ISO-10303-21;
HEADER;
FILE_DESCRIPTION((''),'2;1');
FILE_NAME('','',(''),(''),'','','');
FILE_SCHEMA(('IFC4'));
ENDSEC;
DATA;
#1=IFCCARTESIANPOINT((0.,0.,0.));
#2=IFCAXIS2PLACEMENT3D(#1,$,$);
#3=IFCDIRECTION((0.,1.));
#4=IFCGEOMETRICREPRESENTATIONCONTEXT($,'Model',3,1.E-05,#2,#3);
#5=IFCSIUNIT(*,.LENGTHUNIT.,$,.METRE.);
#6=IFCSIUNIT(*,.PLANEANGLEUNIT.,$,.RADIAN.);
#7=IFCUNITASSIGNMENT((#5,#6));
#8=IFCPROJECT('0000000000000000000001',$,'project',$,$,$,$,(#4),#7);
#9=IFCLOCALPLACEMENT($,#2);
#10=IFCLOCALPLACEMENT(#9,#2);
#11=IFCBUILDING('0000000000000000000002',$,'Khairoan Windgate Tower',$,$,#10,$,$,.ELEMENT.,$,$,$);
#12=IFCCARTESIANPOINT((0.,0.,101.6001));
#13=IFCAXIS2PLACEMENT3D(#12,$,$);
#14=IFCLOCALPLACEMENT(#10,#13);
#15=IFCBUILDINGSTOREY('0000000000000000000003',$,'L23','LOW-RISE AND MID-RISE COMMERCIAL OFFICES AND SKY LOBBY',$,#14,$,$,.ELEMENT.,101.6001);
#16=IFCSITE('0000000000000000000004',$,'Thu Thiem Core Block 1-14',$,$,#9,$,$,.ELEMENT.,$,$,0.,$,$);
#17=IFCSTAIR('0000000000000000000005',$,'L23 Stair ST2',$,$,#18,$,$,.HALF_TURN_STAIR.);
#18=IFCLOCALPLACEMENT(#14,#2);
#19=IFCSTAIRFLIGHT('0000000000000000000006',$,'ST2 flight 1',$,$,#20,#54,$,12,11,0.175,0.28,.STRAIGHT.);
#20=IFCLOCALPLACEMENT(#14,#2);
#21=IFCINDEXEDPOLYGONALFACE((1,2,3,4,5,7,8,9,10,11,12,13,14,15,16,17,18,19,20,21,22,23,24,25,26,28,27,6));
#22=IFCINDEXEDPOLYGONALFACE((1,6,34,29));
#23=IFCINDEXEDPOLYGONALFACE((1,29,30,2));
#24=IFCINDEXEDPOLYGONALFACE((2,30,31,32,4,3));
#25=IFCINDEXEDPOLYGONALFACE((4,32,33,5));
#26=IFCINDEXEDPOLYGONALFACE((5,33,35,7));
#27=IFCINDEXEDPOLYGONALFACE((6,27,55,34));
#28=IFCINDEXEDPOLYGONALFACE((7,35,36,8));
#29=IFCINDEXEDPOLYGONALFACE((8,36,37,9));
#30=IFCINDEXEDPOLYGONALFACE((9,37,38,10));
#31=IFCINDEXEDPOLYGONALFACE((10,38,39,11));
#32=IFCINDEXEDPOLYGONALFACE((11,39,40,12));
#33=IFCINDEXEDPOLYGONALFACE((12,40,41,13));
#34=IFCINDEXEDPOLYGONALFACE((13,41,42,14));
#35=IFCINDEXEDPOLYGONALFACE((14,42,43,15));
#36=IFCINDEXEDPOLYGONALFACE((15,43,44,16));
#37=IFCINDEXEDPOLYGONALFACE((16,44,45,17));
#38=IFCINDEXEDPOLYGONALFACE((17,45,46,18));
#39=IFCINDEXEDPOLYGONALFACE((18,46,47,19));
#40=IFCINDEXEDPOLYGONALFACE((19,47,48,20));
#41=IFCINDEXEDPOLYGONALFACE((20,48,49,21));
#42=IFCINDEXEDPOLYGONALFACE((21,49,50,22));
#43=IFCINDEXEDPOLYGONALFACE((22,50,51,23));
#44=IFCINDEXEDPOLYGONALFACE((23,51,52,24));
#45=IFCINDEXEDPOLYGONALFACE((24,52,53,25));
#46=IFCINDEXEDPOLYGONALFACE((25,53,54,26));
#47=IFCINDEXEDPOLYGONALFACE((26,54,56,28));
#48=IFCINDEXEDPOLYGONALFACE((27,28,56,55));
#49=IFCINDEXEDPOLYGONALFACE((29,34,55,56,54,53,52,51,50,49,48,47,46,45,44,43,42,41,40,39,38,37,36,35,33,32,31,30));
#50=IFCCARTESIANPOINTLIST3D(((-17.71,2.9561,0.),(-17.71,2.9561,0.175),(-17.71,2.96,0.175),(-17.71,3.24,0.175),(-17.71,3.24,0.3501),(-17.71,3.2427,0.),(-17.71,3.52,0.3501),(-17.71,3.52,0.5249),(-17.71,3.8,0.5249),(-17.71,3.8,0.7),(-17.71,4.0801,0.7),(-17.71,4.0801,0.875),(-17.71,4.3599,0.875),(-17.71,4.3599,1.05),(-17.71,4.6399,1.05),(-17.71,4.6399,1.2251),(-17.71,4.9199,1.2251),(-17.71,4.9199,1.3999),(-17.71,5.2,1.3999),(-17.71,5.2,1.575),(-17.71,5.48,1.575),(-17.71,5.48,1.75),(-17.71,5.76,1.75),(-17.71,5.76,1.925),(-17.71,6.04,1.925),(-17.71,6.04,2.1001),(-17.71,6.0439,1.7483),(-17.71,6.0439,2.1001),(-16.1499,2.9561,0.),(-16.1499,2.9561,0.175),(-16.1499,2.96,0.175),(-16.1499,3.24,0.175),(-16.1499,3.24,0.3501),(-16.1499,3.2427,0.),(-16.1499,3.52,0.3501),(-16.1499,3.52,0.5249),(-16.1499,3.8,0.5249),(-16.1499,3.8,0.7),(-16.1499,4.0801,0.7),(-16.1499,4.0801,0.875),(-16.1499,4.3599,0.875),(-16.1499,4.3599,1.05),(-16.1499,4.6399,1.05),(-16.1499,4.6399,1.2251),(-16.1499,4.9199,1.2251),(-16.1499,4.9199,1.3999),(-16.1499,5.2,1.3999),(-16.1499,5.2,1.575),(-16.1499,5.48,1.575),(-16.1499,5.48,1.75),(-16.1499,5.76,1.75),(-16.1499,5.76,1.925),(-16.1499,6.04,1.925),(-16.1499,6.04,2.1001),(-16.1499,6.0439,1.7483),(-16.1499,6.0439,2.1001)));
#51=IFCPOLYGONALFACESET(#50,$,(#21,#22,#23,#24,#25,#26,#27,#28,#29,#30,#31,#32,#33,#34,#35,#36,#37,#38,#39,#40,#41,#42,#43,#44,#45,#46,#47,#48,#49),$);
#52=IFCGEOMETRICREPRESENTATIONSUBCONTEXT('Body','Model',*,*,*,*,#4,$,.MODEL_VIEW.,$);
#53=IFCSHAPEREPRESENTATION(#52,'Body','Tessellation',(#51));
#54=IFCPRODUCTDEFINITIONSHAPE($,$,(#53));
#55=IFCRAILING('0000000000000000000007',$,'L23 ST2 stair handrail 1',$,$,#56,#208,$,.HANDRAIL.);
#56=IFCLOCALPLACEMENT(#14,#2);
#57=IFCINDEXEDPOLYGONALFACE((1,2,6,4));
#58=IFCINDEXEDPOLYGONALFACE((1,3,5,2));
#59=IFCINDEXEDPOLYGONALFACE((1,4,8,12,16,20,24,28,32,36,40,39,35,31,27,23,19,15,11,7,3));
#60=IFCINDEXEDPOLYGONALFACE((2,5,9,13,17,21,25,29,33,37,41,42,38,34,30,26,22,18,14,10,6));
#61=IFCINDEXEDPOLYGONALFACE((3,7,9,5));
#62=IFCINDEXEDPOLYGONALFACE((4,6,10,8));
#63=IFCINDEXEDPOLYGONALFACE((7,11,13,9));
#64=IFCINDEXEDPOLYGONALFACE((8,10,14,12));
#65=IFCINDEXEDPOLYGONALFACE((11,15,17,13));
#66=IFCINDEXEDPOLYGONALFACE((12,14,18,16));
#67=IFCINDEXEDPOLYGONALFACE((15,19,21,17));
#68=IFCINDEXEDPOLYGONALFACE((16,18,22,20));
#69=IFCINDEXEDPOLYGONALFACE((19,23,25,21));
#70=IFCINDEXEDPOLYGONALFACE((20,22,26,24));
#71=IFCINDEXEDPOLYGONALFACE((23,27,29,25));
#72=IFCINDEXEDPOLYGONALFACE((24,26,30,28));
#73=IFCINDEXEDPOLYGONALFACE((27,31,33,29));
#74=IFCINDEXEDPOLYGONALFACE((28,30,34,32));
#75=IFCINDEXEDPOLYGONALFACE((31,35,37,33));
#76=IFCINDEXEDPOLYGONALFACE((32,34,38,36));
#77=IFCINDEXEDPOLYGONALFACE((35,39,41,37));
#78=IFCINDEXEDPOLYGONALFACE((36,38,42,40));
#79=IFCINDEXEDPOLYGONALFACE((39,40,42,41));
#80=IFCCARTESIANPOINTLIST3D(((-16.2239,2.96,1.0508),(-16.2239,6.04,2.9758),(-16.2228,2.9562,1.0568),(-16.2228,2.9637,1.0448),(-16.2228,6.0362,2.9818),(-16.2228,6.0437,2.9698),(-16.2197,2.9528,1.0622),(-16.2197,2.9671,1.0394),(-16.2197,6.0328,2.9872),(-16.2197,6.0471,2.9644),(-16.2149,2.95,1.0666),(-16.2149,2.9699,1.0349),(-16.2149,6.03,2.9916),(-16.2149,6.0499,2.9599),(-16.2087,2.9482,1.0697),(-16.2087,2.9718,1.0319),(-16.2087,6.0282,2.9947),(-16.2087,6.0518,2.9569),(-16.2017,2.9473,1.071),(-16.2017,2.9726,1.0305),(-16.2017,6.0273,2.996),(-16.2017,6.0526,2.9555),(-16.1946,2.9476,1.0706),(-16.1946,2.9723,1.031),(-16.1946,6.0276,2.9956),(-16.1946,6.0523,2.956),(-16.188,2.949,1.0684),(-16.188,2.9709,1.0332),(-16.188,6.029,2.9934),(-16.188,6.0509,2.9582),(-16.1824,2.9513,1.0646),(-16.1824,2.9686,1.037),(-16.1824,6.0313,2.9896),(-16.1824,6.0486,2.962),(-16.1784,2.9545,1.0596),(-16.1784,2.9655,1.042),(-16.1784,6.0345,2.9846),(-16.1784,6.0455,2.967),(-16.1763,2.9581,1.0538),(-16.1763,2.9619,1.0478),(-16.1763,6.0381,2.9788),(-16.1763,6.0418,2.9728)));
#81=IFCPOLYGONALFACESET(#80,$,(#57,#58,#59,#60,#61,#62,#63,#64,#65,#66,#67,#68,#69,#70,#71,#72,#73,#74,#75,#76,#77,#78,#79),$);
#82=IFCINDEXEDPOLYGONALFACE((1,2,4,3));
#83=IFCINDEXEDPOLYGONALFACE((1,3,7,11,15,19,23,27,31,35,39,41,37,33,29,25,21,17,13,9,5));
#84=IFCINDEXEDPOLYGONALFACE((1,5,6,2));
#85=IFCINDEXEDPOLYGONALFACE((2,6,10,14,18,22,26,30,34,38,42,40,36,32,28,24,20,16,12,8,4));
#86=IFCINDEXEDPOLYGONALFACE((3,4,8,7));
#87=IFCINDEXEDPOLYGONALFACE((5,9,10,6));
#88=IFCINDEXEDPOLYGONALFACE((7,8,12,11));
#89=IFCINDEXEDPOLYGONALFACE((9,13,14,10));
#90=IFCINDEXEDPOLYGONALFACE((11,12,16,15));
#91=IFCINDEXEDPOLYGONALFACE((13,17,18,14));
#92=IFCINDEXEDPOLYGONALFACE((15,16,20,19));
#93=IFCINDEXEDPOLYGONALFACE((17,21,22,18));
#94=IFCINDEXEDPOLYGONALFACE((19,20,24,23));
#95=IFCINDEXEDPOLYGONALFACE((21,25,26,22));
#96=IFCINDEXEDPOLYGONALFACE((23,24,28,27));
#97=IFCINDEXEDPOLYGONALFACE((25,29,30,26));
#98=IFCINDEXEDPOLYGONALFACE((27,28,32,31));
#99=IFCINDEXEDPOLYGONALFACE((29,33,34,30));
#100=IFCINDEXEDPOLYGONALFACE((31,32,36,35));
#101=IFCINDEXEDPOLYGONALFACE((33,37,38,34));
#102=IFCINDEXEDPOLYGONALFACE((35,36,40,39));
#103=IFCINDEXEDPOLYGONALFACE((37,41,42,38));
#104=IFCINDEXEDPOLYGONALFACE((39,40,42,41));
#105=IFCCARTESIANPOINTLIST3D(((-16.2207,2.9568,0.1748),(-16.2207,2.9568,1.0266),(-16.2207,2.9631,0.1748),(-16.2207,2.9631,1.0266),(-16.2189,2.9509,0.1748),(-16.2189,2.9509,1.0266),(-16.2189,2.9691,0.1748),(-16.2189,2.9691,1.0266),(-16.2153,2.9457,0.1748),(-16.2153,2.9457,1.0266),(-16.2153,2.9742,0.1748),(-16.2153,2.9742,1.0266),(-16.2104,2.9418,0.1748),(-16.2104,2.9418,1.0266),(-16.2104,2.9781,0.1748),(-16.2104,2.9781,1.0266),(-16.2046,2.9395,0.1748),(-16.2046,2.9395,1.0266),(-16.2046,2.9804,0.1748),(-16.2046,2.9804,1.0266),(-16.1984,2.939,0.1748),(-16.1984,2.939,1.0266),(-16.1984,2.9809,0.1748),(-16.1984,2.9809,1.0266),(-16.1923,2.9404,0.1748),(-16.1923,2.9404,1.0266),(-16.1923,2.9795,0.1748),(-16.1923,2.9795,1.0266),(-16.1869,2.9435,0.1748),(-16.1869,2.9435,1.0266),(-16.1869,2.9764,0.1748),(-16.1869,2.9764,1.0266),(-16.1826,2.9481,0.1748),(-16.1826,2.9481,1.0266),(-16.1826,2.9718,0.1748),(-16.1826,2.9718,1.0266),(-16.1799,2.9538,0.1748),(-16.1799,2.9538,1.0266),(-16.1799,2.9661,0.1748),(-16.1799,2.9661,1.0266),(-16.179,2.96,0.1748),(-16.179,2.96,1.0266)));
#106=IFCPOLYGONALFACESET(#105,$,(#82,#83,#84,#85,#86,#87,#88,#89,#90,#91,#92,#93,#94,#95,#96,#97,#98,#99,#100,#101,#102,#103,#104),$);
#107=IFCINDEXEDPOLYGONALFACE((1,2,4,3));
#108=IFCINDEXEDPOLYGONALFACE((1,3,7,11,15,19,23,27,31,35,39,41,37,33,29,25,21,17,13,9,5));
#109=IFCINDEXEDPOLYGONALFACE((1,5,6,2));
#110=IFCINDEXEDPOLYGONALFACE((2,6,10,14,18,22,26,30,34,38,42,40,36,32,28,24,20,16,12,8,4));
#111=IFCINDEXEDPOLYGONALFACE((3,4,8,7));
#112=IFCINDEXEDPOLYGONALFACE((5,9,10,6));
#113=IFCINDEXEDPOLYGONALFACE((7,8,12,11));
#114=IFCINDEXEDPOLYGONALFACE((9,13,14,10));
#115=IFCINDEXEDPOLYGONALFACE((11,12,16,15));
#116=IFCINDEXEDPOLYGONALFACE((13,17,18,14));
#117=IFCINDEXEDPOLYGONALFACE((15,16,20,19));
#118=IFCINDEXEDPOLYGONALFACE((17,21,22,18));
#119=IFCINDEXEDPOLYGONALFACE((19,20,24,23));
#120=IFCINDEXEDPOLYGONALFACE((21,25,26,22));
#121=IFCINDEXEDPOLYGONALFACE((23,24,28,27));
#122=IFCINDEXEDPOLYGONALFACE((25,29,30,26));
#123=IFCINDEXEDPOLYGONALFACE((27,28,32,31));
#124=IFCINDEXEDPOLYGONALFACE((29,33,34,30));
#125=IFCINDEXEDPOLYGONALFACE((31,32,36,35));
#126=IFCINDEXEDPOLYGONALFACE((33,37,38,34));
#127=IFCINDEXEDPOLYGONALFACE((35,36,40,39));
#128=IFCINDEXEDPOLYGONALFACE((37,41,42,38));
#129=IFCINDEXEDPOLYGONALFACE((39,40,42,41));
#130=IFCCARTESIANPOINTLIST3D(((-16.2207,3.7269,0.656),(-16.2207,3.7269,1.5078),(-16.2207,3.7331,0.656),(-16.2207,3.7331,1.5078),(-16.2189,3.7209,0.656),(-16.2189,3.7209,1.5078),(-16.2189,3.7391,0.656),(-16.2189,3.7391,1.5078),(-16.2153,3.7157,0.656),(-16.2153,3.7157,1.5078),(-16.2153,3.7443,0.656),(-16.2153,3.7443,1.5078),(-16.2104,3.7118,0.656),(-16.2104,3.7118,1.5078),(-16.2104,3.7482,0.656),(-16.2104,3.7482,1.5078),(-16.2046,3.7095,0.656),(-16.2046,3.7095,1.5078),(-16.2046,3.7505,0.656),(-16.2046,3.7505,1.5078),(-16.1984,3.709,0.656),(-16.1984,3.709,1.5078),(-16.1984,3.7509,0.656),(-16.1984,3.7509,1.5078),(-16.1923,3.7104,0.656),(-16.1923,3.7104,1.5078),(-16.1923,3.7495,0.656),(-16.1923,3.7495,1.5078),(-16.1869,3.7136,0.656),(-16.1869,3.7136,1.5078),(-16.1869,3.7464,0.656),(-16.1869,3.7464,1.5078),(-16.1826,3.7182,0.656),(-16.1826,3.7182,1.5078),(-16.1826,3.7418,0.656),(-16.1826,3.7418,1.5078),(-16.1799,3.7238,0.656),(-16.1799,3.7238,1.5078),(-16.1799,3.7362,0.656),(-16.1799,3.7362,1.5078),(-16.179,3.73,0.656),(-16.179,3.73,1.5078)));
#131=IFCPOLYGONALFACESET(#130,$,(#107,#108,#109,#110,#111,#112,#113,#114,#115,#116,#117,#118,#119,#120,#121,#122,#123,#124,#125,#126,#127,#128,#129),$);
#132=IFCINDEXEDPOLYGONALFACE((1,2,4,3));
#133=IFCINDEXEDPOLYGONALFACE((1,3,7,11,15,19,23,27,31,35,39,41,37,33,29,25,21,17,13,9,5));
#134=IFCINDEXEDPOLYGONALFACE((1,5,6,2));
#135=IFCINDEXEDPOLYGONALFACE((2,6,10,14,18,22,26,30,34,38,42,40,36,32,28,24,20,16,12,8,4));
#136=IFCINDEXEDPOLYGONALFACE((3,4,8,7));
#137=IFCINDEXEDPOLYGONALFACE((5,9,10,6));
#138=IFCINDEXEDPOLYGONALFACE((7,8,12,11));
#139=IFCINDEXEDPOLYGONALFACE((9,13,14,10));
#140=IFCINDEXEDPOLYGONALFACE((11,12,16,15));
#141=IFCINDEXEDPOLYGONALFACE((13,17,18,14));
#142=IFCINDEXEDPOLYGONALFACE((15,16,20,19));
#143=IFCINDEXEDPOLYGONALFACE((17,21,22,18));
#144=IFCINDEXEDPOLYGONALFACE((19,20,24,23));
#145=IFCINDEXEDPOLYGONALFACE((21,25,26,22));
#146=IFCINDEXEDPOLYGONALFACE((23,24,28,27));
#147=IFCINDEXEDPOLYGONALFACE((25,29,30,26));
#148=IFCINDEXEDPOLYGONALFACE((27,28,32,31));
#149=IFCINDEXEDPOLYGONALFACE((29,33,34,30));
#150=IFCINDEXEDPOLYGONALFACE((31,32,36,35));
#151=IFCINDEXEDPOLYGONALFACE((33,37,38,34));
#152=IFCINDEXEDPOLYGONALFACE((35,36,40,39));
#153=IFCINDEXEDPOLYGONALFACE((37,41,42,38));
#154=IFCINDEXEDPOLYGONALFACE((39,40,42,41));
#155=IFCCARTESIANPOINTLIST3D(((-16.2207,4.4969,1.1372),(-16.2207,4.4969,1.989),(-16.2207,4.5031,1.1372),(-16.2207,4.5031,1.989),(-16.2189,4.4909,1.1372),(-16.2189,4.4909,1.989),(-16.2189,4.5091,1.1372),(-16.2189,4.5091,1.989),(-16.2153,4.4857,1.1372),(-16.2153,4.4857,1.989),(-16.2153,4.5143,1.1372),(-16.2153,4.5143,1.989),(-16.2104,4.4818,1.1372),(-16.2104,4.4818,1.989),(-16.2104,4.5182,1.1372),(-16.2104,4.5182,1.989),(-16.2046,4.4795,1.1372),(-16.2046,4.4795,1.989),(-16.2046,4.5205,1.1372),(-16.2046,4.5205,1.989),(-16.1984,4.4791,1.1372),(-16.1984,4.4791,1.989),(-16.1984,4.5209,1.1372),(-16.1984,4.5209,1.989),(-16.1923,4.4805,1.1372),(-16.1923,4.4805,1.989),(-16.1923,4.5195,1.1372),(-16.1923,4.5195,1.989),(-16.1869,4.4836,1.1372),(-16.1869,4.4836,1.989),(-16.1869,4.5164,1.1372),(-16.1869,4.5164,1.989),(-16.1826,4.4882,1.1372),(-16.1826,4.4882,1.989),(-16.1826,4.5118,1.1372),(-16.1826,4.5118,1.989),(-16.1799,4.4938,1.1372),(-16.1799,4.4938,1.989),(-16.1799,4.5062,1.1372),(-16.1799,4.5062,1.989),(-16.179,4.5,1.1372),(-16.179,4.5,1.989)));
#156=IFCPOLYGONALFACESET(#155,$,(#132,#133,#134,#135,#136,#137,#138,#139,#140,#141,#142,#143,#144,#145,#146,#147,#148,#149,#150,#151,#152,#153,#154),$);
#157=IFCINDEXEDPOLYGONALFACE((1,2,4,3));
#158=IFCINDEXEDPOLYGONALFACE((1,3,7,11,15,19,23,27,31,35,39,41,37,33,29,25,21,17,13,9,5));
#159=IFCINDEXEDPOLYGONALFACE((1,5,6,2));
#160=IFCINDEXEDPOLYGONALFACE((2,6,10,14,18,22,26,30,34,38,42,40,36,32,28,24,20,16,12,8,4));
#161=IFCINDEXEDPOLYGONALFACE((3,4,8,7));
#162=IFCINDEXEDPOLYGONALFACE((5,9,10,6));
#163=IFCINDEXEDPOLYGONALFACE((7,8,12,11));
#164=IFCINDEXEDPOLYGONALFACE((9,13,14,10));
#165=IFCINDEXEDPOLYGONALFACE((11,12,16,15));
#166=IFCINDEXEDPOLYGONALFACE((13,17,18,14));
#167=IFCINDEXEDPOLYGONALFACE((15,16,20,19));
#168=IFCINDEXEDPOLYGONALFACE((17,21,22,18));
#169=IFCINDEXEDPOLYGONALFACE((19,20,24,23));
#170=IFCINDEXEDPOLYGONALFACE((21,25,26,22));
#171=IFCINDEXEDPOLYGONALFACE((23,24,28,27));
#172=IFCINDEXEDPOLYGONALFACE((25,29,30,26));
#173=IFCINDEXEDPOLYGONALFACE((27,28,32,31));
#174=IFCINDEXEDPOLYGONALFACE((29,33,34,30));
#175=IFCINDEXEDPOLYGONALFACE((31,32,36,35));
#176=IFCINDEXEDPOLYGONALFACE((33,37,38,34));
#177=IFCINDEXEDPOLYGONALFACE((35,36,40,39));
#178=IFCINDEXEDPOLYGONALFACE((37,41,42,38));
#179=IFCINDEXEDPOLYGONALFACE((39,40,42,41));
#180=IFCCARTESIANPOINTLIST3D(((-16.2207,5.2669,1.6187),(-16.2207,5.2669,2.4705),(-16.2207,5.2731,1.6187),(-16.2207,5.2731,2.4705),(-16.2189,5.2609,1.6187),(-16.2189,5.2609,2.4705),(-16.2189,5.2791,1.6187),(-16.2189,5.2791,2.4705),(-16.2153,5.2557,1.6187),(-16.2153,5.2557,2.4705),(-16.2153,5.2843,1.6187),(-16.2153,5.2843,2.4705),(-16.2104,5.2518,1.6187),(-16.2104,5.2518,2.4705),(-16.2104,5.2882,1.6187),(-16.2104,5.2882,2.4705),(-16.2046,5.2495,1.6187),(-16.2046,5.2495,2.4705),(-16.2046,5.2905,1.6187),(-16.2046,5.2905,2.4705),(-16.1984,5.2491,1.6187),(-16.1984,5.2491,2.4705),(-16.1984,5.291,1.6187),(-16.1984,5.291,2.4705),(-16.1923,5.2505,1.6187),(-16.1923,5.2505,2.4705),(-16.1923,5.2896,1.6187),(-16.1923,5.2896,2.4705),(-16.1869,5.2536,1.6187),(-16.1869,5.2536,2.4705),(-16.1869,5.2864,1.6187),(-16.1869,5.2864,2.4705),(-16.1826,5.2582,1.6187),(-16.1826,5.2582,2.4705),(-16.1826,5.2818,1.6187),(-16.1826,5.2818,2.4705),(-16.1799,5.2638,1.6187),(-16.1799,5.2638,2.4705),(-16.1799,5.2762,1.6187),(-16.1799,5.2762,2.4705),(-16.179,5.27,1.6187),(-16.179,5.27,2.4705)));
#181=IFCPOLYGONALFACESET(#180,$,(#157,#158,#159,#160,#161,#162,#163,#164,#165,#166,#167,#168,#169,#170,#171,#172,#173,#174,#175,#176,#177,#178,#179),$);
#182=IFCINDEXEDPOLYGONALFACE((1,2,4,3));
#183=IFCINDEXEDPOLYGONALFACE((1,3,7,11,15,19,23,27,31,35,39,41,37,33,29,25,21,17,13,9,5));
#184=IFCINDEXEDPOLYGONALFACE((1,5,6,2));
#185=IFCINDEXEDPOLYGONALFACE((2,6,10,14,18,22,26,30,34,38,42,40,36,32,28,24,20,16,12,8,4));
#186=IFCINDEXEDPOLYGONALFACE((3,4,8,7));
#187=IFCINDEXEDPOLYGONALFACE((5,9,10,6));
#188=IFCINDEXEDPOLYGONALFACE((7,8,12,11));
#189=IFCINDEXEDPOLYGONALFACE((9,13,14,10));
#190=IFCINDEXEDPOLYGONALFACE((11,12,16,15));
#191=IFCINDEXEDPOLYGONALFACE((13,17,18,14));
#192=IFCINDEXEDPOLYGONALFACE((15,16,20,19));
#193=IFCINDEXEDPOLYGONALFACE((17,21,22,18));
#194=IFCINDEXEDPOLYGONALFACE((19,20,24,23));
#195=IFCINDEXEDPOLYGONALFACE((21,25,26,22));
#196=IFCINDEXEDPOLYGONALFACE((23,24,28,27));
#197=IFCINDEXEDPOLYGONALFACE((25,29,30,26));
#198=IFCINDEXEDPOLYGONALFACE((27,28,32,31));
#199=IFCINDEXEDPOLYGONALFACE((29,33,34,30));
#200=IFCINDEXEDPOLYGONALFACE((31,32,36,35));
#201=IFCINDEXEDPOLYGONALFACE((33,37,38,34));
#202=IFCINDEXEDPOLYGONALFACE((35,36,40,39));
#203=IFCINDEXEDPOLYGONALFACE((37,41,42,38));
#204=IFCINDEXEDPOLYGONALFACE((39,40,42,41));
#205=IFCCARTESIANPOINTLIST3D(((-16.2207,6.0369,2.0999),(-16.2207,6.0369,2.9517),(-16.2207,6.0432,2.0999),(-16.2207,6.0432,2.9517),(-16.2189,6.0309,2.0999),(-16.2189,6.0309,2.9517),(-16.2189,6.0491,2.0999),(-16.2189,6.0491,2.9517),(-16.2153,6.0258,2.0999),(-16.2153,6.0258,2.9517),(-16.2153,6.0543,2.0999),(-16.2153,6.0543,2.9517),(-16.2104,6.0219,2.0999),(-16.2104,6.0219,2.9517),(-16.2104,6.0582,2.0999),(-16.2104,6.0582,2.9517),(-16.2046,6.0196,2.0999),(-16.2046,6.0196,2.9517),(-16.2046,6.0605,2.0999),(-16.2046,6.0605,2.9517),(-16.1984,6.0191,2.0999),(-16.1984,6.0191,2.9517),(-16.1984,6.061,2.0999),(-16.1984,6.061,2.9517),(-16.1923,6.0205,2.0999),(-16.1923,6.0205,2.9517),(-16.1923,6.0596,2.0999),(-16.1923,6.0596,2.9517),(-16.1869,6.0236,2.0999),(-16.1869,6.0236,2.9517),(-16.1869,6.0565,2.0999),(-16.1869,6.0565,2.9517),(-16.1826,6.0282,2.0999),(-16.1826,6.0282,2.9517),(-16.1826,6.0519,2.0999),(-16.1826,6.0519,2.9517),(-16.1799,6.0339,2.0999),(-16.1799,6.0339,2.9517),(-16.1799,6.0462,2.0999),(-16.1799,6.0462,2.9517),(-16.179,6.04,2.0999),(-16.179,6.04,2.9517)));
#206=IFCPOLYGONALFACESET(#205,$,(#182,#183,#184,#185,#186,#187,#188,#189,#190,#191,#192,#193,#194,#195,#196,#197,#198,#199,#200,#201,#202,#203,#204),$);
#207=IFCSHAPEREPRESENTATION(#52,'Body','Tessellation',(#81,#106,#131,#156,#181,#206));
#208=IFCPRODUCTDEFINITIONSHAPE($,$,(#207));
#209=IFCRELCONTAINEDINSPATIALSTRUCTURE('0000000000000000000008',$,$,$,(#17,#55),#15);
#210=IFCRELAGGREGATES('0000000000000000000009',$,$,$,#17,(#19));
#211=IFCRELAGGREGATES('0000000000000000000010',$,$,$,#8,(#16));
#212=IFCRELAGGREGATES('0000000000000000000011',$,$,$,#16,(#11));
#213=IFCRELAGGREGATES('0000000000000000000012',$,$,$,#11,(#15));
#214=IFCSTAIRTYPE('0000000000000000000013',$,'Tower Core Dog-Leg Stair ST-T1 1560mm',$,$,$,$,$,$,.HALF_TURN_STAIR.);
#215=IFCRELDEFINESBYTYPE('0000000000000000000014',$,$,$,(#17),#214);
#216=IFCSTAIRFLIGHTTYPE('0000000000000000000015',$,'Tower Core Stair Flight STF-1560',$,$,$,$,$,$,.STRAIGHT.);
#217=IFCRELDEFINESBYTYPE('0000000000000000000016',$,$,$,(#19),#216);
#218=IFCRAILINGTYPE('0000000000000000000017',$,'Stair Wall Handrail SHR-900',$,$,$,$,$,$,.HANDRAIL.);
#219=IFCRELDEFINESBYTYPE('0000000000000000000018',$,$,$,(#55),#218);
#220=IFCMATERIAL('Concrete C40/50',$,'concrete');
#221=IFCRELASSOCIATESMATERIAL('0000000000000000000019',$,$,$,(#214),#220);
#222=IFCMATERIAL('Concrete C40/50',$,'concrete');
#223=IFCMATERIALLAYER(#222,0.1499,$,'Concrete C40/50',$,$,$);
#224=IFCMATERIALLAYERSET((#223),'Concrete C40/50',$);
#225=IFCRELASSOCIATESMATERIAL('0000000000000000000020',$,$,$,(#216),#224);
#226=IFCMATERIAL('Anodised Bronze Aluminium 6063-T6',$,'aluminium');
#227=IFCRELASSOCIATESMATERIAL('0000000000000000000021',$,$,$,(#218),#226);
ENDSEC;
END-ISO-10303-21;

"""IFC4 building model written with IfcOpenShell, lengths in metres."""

from ifc_helpers import new_model, si_unit, direction, frame, origin, origin_2d, place, context, subcontext, project, spatial, polyline, circle, outline, extrude, material, layer, layer_set, type_object, element, aggregate, save


model = new_model("IFC4")

# Units and contexts
model_context = context("Model", 3, precision=1e-05, world=origin(), true_north=direction((0.0, 1.0)))
body_context = subcontext(model_context, "Body", "Model", "MODEL_VIEW")
ifc_project = project(units=[si_unit("LENGTHUNIT", "METRE"), si_unit("PLANEANGLEUNIT", "RADIAN")], contexts=[model_context])

# Site, building, storey
site_placement = place(None, origin())
site = spatial("IfcSite", under=ifc_project, at=site_placement, Name="Thu Thiem Core Block 1-14", CompositionType="ELEMENT", RefElevation=0.0)
building_placement = place(site_placement, origin())
building = spatial("IfcBuilding", under=site, at=building_placement, Name="Khairoan Windgate Tower", CompositionType="ELEMENT")
storey_placement = place(building_placement, frame((0.0, 0.0, 101.6001)))
storey = spatial("IfcBuildingStorey", under=building, at=storey_placement, Name="L23", Description="LOW-RISE AND MID-RISE COMMERCIAL OFFICES AND SKY LOBBY", CompositionType="ELEMENT", Elevation=101.6001)

# Stair, stair flight
ifc_material_1 = material(Name="Concrete C40/50", Category="concrete")
stair_type = type_object("IfcStairType", Name="Tower Core Dog-Leg Stair ST-T1 1560mm", PredefinedType="HALF_TURN_STAIR", material=ifc_material_1)
stair_placement = place(storey_placement, origin())
stair = element("IfcStair", 1, at=stair_placement, inside=storey, type_object=stair_type, Name="L23 Stair ST2", PredefinedType="HALF_TURN_STAIR")
ifc_material_2 = material(Name="Concrete C40/50", Category="concrete")
ifc_layer_1 = layer(ifc_material_2, 0.1499, Name="Concrete C40/50")
ifc_layer_set_1 = layer_set([ifc_layer_1], Name="Concrete C40/50")
stair_flight_type = type_object("IfcStairFlightType", Name="Tower Core Stair Flight STF-1560", PredefinedType="STRAIGHT", material=ifc_layer_set_1)
stair_flight_placement = place(storey_placement, frame((-16.9299, 2.96, 0.0), z_axis=(0.0, 0.0, 1.0), x_axis=(0.0, 1.0, 0.0)))
stair_flight = element("IfcStairFlight", 2, at=stair_flight_placement, type_object=stair_flight_type, Name="ST2 flight 1", NumberOfRisers=12, NumberOfTreads=11, PredefinedType="STRAIGHT", RiserHeight=0.175, TreadLength=0.28, context=body_context, shape_type="SweptSolid", body=[
    extrude(outline(polyline([(-0.0039, 0.0), (-0.0039, 0.175), (0.0, 0.175), (0.28, 0.175), (0.28, 0.3501), (0.5601, 0.3501), (0.5601, 0.5249), (0.8401, 0.5249), (0.8401, 0.7), (1.1201, 0.7), (1.1201, 0.875), (1.3999, 0.875), (1.3999, 1.05), (1.6799, 1.05), (1.6799, 1.2251), (1.96, 1.2251), (1.96, 1.3999), (2.24, 1.3999), (2.24, 1.575), (2.52, 1.575), (2.52, 1.75), (2.8, 1.75), (2.8, 1.925), (3.0801, 1.925), (3.0801, 2.1001), (3.084, 2.1001), (3.084, 1.7483), (0.2827, 0.0), (-0.0039, 0.0)])), frame((0.0, 0.78, 0.0), z_axis=(0.0, -1.0, 0.0), x_axis=(1.0, 0.0, 0.0)), (0.0, 0.0, 1.0), 1.5601),
])
aggregate(stair, [stair_flight])

# Railing
ifc_material_3 = material(Name="Anodised Bronze Aluminium 6063-T6", Category="aluminium")
railing_type_1 = type_object("IfcRailingType", Name="Stair Wall Handrail SHR-900", PredefinedType="HANDRAIL", material=ifc_material_3)
railing_1_placement = place(storey_placement, frame((-16.2, 2.96, 0.1748)))
element("IfcRailing", 3, at=railing_1_placement, inside=storey, type_object=railing_type_1, Name="L23 ST2 stair handrail 1", PredefinedType="HANDRAIL", context=body_context, shape_type="SweptSolid", body=[
    extrude(circle(Radius=0.0239, at=origin_2d()), frame((0.0, 0.0, 0.876), z_axis=(0.0, 0.847998, 0.529999), x_axis=(-1.0, 0.0, 0.0)), (0.0, 0.0, 1.0), 3.6321),
    extrude(circle(Radius=0.021, at=origin_2d()), origin(), (0.0, 0.0, 1.0), 0.8518),
    extrude(circle(Radius=0.021, at=origin_2d()), frame((0.0, 0.77, 0.4812)), (0.0, 0.0, 1.0), 0.8518),
    extrude(circle(Radius=0.021, at=origin_2d()), frame((0.0, 1.54, 0.9624)), (0.0, 0.0, 1.0), 0.8518),
    extrude(circle(Radius=0.021, at=origin_2d()), frame((0.0, 2.3101, 1.4438)), (0.0, 0.0, 1.0), 0.8518),
    extrude(circle(Radius=0.021, at=origin_2d()), frame((0.0, 3.0801, 1.925)), (0.0, 0.0, 1.0), 0.8518),
])

save(model, "model.ifc")
